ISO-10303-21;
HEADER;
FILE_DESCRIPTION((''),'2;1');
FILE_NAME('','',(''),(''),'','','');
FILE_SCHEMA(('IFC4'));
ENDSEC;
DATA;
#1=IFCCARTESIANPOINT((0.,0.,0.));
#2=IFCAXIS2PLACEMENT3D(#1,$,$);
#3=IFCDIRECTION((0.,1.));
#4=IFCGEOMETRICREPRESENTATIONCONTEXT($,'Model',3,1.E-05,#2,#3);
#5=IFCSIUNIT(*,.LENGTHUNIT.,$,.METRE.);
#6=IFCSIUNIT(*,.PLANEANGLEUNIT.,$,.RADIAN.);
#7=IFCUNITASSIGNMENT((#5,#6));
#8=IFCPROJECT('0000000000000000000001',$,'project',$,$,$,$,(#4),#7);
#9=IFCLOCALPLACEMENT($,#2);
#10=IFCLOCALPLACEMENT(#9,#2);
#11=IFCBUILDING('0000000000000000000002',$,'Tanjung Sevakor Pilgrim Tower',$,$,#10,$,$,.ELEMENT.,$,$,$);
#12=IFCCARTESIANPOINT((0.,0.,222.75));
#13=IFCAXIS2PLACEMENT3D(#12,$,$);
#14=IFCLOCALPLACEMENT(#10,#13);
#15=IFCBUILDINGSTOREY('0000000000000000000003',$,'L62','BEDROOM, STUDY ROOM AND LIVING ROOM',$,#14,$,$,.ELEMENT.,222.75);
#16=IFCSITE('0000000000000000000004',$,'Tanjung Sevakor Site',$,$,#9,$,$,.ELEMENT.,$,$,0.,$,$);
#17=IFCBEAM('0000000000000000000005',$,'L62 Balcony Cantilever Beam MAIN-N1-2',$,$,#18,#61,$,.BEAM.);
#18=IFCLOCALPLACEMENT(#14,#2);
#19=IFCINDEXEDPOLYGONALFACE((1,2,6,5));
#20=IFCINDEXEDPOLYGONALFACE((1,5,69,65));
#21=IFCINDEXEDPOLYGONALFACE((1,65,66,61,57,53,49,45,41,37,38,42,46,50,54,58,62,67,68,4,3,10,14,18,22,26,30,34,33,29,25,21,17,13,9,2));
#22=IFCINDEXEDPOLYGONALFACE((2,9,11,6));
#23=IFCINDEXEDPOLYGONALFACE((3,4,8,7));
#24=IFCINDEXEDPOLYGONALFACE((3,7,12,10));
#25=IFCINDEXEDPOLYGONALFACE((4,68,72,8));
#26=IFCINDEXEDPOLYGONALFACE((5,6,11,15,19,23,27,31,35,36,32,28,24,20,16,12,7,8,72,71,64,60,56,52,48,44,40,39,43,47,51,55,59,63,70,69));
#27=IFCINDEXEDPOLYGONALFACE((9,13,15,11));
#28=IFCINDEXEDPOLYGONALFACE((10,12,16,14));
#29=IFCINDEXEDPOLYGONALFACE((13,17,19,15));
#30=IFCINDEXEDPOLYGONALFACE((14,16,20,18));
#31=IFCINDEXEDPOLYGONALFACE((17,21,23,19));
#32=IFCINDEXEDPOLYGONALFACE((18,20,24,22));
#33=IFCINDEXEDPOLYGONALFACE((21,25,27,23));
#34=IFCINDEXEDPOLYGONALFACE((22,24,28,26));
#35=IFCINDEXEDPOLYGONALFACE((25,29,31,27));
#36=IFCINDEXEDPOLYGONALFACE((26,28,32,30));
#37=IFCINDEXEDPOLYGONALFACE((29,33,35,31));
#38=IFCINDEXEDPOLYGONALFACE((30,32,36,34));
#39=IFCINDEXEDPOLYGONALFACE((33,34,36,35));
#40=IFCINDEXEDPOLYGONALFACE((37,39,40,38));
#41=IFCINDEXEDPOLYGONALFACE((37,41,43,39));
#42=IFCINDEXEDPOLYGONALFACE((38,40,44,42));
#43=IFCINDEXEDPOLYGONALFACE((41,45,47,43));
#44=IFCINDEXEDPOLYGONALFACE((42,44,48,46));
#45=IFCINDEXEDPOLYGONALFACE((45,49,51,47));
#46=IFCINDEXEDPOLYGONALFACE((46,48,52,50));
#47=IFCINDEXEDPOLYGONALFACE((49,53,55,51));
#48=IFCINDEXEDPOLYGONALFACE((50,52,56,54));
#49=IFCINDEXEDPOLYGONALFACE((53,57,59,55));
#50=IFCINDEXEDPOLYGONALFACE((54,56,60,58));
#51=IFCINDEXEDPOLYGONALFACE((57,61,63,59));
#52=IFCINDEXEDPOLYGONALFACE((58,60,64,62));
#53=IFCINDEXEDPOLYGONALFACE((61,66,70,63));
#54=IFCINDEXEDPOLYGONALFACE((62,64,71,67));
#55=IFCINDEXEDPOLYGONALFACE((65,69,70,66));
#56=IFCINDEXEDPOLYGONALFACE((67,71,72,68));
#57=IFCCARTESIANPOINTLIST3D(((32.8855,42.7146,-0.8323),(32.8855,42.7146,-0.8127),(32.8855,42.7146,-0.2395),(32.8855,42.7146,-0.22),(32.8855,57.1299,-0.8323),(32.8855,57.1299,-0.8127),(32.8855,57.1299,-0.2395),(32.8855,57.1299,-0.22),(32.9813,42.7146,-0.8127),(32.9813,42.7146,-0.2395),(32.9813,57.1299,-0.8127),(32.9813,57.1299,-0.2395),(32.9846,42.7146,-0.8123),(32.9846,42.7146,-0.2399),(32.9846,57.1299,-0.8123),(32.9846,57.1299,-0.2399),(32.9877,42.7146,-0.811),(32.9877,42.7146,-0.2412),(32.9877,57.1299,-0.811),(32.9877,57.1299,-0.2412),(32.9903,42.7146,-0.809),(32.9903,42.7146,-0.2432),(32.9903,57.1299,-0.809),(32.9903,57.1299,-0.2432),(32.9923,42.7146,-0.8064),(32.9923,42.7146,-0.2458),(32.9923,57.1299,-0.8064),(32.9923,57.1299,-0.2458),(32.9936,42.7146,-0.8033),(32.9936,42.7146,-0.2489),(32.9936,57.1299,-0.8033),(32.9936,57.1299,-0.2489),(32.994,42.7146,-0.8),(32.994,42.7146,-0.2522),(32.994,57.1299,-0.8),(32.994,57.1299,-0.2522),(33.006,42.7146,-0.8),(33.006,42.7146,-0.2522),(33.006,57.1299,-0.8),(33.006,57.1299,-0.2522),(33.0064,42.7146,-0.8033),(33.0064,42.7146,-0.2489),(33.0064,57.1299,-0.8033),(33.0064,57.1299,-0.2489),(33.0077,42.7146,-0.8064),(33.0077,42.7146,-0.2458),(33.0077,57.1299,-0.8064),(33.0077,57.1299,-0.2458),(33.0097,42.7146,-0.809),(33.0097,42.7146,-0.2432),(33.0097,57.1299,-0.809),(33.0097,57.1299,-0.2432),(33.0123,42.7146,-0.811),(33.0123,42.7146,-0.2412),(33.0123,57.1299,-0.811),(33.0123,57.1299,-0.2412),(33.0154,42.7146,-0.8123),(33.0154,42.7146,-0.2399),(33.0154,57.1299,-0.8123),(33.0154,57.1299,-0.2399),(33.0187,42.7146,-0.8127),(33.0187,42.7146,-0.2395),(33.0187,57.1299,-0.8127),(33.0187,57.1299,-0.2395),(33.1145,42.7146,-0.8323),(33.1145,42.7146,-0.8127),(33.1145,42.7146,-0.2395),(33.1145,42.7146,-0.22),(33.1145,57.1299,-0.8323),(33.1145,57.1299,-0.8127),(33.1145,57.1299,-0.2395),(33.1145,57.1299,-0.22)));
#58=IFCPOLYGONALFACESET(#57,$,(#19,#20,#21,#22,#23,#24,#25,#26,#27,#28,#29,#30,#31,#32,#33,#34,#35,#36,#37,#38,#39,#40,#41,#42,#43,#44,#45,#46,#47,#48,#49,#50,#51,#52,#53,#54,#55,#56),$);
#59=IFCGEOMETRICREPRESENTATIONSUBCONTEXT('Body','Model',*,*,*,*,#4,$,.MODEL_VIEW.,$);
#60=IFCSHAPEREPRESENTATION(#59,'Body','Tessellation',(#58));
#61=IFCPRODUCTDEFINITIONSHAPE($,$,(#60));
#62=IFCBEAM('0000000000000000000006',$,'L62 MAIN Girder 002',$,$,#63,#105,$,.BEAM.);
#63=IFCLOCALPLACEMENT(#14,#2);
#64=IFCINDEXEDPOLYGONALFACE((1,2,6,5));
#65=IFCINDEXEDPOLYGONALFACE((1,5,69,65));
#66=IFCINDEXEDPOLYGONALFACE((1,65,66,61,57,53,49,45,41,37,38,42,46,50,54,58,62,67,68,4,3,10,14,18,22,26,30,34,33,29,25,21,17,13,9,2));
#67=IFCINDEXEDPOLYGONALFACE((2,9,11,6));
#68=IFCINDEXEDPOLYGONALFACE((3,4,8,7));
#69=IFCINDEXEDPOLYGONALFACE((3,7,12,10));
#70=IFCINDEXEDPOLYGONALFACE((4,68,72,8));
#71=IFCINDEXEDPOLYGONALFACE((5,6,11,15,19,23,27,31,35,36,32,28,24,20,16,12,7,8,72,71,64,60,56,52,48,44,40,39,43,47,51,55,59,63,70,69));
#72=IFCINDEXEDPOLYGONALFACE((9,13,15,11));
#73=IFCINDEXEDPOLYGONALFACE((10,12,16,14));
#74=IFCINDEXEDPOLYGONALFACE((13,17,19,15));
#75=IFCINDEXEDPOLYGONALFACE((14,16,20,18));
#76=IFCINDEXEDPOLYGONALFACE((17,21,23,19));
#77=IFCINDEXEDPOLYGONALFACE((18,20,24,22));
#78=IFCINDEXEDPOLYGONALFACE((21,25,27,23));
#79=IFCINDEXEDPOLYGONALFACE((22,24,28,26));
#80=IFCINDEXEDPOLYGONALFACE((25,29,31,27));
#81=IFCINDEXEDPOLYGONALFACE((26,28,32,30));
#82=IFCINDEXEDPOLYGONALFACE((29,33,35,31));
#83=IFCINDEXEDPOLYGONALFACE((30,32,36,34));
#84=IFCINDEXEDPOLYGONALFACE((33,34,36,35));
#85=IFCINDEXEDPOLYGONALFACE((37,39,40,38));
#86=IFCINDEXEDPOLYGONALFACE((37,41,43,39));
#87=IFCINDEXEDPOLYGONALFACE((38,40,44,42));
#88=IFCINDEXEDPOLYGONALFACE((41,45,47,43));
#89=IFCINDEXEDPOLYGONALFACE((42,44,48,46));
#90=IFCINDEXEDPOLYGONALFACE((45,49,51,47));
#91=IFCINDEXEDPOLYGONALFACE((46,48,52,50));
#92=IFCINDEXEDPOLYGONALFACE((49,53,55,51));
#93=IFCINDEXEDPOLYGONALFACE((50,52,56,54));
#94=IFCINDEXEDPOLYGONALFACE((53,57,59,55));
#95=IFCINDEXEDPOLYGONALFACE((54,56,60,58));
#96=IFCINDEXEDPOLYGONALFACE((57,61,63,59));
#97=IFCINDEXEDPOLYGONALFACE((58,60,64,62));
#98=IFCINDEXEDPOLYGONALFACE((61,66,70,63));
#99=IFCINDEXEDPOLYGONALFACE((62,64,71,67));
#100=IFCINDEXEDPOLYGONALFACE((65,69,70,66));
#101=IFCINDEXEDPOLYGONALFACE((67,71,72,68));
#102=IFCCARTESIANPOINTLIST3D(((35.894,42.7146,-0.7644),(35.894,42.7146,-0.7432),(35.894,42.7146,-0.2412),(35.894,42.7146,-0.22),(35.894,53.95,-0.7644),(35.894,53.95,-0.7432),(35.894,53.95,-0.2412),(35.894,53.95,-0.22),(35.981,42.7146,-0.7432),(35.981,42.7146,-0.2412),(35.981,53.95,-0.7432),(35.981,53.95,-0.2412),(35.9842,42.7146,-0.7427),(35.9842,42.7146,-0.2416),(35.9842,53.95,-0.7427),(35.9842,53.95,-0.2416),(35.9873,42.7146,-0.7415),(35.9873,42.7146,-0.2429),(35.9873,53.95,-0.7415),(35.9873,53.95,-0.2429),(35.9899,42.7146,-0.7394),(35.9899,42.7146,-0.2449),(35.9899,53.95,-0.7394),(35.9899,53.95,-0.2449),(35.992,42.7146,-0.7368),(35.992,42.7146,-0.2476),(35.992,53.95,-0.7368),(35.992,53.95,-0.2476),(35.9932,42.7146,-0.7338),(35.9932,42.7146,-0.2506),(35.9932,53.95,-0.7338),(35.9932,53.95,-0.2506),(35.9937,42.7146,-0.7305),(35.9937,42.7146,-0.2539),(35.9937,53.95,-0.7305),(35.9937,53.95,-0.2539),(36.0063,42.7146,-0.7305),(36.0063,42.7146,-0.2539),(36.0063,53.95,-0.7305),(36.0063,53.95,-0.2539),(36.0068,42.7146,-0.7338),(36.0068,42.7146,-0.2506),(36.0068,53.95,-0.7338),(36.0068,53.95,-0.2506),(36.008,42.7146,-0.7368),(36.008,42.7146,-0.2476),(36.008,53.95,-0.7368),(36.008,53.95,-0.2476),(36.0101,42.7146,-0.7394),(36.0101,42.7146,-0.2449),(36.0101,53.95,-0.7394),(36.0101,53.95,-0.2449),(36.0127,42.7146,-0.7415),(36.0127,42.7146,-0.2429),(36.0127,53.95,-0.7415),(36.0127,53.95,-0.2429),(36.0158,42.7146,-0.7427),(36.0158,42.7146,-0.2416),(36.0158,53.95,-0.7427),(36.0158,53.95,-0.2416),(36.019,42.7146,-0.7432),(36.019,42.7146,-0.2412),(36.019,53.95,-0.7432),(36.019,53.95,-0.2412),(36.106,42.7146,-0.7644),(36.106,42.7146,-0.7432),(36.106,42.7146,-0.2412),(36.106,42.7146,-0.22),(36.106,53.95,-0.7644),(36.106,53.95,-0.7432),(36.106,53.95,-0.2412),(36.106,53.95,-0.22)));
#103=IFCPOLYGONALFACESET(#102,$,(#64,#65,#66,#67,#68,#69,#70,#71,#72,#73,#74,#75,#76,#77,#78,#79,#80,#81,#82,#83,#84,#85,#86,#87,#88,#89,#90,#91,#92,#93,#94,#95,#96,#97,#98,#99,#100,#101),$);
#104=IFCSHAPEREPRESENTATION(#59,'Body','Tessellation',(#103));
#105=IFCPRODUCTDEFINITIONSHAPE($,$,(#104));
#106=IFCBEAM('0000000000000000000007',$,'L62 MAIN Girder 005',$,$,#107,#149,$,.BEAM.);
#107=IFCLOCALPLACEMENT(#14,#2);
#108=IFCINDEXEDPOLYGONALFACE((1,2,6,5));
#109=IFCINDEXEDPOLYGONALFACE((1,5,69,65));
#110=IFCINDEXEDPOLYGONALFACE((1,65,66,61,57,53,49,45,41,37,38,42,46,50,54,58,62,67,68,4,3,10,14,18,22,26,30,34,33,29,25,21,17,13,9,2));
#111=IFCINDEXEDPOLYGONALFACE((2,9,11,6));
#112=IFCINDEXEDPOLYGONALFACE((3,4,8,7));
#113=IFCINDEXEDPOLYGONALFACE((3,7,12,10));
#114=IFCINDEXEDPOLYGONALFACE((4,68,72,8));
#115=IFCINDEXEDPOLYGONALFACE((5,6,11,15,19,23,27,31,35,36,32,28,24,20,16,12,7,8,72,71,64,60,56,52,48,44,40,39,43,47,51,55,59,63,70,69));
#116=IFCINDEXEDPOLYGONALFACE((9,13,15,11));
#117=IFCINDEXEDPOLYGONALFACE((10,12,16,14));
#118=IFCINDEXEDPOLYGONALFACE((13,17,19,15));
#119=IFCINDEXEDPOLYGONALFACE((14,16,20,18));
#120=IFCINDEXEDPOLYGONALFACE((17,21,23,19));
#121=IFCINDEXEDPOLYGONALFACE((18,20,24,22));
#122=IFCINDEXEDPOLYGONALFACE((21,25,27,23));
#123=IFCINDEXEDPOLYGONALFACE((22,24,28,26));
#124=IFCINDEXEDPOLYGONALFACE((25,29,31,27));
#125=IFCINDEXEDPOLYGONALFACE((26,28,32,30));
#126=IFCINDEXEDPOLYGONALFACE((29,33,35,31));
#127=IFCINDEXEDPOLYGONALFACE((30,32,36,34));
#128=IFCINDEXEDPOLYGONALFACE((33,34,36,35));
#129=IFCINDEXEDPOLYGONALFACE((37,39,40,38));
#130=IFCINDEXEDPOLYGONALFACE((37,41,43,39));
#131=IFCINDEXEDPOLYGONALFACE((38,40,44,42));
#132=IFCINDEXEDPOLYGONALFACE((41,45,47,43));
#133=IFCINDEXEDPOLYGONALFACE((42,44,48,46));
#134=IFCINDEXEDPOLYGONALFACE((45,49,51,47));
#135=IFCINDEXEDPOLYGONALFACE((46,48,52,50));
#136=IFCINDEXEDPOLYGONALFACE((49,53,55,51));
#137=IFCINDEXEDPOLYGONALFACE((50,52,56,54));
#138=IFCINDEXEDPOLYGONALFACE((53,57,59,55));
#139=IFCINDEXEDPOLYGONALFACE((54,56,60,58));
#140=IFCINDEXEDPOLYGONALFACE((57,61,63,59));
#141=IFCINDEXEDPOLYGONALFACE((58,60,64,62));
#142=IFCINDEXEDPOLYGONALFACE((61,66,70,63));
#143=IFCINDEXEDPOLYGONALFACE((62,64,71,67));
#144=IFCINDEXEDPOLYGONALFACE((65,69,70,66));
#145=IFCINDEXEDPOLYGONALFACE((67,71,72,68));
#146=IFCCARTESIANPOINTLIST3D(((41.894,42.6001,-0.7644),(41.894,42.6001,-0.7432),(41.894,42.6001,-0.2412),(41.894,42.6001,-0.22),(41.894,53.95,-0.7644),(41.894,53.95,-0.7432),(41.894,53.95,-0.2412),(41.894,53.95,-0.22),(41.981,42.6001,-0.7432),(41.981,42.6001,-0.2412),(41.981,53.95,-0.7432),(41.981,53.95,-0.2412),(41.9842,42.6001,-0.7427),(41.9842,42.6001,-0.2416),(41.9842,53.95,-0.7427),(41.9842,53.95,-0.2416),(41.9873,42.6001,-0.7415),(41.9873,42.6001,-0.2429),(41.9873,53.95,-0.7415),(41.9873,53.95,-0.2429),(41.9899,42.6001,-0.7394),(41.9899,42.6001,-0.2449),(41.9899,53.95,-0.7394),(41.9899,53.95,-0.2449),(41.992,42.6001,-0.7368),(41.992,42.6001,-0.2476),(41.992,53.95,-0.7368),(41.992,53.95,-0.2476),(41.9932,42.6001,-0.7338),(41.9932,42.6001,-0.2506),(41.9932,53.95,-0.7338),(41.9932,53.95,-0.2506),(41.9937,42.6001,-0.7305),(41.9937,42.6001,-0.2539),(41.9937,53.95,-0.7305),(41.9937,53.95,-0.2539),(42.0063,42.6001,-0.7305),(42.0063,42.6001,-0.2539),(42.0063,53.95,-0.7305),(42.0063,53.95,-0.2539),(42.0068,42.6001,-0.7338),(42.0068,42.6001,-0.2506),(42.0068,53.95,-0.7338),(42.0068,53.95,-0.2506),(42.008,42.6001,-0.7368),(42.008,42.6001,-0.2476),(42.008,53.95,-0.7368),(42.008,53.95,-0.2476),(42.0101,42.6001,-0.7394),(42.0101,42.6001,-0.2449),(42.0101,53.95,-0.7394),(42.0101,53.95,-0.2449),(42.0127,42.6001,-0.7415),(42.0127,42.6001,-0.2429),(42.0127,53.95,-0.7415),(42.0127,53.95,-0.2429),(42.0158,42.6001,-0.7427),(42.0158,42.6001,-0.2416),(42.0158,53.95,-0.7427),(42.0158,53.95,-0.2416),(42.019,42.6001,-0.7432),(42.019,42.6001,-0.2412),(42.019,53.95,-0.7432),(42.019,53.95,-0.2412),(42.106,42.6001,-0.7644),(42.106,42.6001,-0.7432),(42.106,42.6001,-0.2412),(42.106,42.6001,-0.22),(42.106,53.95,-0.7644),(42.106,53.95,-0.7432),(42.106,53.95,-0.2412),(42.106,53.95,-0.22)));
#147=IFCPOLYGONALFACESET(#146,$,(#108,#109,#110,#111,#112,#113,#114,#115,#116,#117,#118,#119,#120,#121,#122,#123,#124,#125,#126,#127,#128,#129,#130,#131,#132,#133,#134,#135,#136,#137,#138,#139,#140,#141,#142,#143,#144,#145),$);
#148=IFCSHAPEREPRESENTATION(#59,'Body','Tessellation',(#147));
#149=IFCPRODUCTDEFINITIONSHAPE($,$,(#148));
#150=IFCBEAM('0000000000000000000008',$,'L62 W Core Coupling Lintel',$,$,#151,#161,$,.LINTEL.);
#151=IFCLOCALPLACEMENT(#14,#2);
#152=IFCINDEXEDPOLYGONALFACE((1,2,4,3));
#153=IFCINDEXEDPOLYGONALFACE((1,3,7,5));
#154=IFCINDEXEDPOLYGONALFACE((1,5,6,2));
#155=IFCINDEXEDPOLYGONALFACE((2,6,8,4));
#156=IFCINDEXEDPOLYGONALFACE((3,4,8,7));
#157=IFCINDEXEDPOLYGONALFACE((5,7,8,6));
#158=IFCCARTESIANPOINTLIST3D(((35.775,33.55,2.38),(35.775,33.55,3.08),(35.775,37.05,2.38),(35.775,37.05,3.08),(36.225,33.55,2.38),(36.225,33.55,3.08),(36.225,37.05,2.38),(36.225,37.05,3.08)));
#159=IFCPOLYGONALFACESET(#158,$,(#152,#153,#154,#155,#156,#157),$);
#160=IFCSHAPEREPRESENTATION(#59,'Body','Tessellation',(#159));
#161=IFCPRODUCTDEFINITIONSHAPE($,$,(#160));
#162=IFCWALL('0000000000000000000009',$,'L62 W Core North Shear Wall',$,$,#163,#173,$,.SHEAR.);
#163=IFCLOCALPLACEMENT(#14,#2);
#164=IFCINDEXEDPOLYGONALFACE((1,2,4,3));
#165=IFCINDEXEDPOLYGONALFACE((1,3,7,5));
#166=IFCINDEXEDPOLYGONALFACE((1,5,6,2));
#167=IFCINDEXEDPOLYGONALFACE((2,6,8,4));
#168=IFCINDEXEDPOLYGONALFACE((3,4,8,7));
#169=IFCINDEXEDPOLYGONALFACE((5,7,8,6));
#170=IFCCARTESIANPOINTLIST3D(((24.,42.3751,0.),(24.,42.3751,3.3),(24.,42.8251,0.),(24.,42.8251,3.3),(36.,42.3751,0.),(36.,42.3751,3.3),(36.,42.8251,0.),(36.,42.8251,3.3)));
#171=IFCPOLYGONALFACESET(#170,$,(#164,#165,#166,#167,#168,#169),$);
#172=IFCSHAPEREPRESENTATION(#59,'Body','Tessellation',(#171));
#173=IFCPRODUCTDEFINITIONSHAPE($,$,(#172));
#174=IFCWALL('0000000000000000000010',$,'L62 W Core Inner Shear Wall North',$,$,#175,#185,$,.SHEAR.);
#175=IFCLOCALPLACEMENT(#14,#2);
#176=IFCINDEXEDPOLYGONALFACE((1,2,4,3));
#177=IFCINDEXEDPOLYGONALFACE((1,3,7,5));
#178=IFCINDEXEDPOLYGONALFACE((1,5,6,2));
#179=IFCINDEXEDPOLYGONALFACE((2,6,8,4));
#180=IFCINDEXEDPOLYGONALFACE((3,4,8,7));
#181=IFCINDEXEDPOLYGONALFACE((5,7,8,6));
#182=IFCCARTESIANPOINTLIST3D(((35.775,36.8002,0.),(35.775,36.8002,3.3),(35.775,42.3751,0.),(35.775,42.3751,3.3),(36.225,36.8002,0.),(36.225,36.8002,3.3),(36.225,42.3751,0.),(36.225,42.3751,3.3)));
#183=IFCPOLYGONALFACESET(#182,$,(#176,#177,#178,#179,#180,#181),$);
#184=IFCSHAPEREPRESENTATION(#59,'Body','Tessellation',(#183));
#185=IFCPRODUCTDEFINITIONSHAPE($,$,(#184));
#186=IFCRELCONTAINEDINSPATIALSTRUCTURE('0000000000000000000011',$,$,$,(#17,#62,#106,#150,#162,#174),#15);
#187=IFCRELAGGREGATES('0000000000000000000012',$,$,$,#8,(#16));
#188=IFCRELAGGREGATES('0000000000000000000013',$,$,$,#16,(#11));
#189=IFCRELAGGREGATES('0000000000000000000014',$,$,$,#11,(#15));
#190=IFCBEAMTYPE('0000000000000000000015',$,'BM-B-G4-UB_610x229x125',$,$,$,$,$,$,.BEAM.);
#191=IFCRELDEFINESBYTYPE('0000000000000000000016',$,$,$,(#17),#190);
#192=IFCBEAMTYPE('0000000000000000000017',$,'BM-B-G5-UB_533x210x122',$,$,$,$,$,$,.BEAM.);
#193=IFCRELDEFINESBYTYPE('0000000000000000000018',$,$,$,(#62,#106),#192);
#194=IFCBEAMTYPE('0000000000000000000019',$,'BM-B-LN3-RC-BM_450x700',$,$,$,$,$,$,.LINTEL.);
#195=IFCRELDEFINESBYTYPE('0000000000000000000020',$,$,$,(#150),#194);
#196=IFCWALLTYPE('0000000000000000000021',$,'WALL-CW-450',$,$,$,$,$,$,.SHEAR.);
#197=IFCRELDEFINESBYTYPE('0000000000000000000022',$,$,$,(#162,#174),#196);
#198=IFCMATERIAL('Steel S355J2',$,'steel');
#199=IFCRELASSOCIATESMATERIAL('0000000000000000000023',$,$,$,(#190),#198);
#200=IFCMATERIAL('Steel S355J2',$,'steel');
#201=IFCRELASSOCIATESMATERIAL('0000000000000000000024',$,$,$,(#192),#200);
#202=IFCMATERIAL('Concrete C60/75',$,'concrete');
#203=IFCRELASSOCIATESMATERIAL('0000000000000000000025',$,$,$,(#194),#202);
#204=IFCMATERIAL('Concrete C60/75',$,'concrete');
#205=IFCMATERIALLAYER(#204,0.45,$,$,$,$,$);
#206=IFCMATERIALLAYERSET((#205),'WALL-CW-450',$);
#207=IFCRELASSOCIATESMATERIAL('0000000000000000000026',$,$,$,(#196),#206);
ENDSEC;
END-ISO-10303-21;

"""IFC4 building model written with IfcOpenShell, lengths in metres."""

from ifc_helpers import new_model, si_unit, direction, frame, frame_2d, origin, origin_2d, place, context, subcontext, project, spatial, rectangle, i_section, extrude, material, layer, layer_set, material_profile, profile_set, type_object, element, save


model = new_model("IFC4")

# Units and contexts
model_context = context("Model", 3, precision=1e-05, world=origin(), true_north=direction((0.0, 1.0)))
body_context = subcontext(model_context, "Body", "Model", "MODEL_VIEW")
ifc_project = project(units=[si_unit("LENGTHUNIT", "METRE"), si_unit("PLANEANGLEUNIT", "RADIAN")], contexts=[model_context])

# Site, building, storey
site_placement = place(None, origin())
site = spatial("IfcSite", under=ifc_project, at=site_placement, Name="Tanjung Sevakor Site", CompositionType="ELEMENT", RefElevation=0.0)
building_placement = place(site_placement, origin())
building = spatial("IfcBuilding", under=site, at=building_placement, Name="Tanjung Sevakor Pilgrim Tower", CompositionType="ELEMENT")
storey_placement = place(building_placement, frame((0.0, 0.0, 222.75)))
storey = spatial("IfcBuildingStorey", under=building, at=storey_placement, Name="L62", Description="BEDROOM, STUDY ROOM AND LIVING ROOM", CompositionType="ELEMENT", Elevation=222.75)

# Beams
ifc_material_1 = material(Name="Steel S355J2", Category="steel")
ifc_material_profile_1 = material_profile(ifc_material_1, i_section(OverallWidth=0.229, OverallDepth=0.6123, WebThickness=0.012, FlangeThickness=0.0195, FilletRadius=0.0127, at=origin_2d()))
ifc_profile_set_1 = profile_set([ifc_material_profile_1], Name="Steel S355J2")
beam_type_1 = type_object("IfcBeamType", Name="BM-B-G4-UB_610x229x125", PredefinedType="BEAM", material=ifc_profile_set_1)
beam_1_placement = place(storey_placement, frame((33.0, 42.7146, -0.5261), z_axis=(0.0, 1.0, 0.0), x_axis=(-1.0, 0.0, 0.0)))
element("IfcBeam", 1, at=beam_1_placement, inside=storey, type_object=beam_type_1, Name="L62 Balcony Cantilever Beam MAIN-N1-2", PredefinedType="BEAM", context=body_context, shape_type="SweptSolid", body=[
    extrude(i_section(OverallWidth=0.229, OverallDepth=0.6123, WebThickness=0.012, FlangeThickness=0.0195, FilletRadius=0.0127, at=origin_2d()), origin(), (0.0, 0.0, 1.0), 14.4153),
])
ifc_material_2 = material(Name="Steel S355J2", Category="steel")
ifc_material_profile_2 = material_profile(ifc_material_2, i_section(OverallWidth=0.2119, OverallDepth=0.5444, WebThickness=0.0127, FlangeThickness=0.0212, FilletRadius=0.0127, at=origin_2d()))
ifc_profile_set_2 = profile_set([ifc_material_profile_2], Name="Steel S355J2")
beam_type_2 = type_object("IfcBeamType", Name="BM-B-G5-UB_533x210x122", PredefinedType="BEAM", material=ifc_profile_set_2)
beam_2_placement = place(storey_placement, frame((36.0, 42.7146, -0.4922), z_axis=(0.0, 1.0, 0.0), x_axis=(-1.0, 0.0, 0.0)))
element("IfcBeam", 2, at=beam_2_placement, inside=storey, type_object=beam_type_2, Name="L62 MAIN Girder 002", PredefinedType="BEAM", context=body_context, shape_type="SweptSolid", body=[
    extrude(i_section(OverallWidth=0.2119, OverallDepth=0.5444, WebThickness=0.0127, FlangeThickness=0.0212, FilletRadius=0.0127, at=origin_2d()), origin(), (0.0, 0.0, 1.0), 11.2354),
])
beam_3_placement = place(storey_placement, frame((42.0, 42.6001, -0.4922), z_axis=(0.0, 1.0, 0.0), x_axis=(-1.0, 0.0, 0.0)))
element("IfcBeam", 3, at=beam_3_placement, inside=storey, type_object=beam_type_2, Name="L62 MAIN Girder 005", PredefinedType="BEAM", context=body_context, shape_type="SweptSolid", body=[
    extrude(i_section(OverallWidth=0.2119, OverallDepth=0.5444, WebThickness=0.0127, FlangeThickness=0.0212, FilletRadius=0.0127, at=origin_2d()), origin(), (0.0, 0.0, 1.0), 11.3499),
])
ifc_material_3 = material(Name="Concrete C60/75", Category="concrete")
ifc_material_profile_3 = material_profile(ifc_material_3, rectangle(XDim=0.45, YDim=0.7, at=origin_2d()))
ifc_profile_set_3 = profile_set([ifc_material_profile_3], Name="Concrete C60/75")
beam_type_3 = type_object("IfcBeamType", Name="BM-B-LN3-RC-BM_450x700", PredefinedType="LINTEL", material=ifc_profile_set_3)
beam_4_placement = place(storey_placement, frame((36.0, 33.55, 2.73), z_axis=(0.0, 1.0, 0.0), x_axis=(-1.0, 0.0, 0.0)))
element("IfcBeam", 4, at=beam_4_placement, inside=storey, type_object=beam_type_3, Name="L62 W Core Coupling Lintel", PredefinedType="LINTEL", context=body_context, shape_type="SweptSolid", body=[
    extrude(rectangle(XDim=0.45, YDim=0.7, at=origin_2d()), origin(), (0.0, 0.0, 1.0), 3.5),
])

# Walls
ifc_material_4 = material(Name="Concrete C60/75", Category="concrete")
ifc_layer_1 = layer(ifc_material_4, 0.45)
ifc_layer_set_1 = layer_set([ifc_layer_1], Name="WALL-CW-450")
wall_type_1 = type_object("IfcWallType", Name="WALL-CW-450", PredefinedType="SHEAR", material=ifc_layer_set_1)
wall_1_placement = place(storey_placement, frame((36.0, 42.6001, 0.0), z_axis=(0.0, 0.0, 1.0), x_axis=(-1.0, 0.0, 0.0)))
element("IfcWall", 5, at=wall_1_placement, inside=storey, type_object=wall_type_1, Name="L62 W Core North Shear Wall", PredefinedType="SHEAR", context=body_context, shape_type="SweptSolid", body=[
    extrude(rectangle(XDim=12.0, YDim=0.45, at=frame_2d((6.0, 0.0))), origin(), (0.0, 0.0, 1.0), 3.3),
])
wall_2_placement = place(storey_placement, frame((36.0, 36.8, 0.0), z_axis=(0.0, 0.0, 1.0), x_axis=(0.0, 1.0, 0.0)))
element("IfcWall", 6, at=wall_2_placement, inside=storey, type_object=wall_type_1, Name="L62 W Core Inner Shear Wall North", PredefinedType="SHEAR", context=body_context, shape_type="SweptSolid", body=[
    extrude(rectangle(XDim=5.575, YDim=0.45, at=frame_2d((2.7876, 0.0))), origin(), (0.0, 0.0, 1.0), 3.3),
])

save(model, "model.ifc")
